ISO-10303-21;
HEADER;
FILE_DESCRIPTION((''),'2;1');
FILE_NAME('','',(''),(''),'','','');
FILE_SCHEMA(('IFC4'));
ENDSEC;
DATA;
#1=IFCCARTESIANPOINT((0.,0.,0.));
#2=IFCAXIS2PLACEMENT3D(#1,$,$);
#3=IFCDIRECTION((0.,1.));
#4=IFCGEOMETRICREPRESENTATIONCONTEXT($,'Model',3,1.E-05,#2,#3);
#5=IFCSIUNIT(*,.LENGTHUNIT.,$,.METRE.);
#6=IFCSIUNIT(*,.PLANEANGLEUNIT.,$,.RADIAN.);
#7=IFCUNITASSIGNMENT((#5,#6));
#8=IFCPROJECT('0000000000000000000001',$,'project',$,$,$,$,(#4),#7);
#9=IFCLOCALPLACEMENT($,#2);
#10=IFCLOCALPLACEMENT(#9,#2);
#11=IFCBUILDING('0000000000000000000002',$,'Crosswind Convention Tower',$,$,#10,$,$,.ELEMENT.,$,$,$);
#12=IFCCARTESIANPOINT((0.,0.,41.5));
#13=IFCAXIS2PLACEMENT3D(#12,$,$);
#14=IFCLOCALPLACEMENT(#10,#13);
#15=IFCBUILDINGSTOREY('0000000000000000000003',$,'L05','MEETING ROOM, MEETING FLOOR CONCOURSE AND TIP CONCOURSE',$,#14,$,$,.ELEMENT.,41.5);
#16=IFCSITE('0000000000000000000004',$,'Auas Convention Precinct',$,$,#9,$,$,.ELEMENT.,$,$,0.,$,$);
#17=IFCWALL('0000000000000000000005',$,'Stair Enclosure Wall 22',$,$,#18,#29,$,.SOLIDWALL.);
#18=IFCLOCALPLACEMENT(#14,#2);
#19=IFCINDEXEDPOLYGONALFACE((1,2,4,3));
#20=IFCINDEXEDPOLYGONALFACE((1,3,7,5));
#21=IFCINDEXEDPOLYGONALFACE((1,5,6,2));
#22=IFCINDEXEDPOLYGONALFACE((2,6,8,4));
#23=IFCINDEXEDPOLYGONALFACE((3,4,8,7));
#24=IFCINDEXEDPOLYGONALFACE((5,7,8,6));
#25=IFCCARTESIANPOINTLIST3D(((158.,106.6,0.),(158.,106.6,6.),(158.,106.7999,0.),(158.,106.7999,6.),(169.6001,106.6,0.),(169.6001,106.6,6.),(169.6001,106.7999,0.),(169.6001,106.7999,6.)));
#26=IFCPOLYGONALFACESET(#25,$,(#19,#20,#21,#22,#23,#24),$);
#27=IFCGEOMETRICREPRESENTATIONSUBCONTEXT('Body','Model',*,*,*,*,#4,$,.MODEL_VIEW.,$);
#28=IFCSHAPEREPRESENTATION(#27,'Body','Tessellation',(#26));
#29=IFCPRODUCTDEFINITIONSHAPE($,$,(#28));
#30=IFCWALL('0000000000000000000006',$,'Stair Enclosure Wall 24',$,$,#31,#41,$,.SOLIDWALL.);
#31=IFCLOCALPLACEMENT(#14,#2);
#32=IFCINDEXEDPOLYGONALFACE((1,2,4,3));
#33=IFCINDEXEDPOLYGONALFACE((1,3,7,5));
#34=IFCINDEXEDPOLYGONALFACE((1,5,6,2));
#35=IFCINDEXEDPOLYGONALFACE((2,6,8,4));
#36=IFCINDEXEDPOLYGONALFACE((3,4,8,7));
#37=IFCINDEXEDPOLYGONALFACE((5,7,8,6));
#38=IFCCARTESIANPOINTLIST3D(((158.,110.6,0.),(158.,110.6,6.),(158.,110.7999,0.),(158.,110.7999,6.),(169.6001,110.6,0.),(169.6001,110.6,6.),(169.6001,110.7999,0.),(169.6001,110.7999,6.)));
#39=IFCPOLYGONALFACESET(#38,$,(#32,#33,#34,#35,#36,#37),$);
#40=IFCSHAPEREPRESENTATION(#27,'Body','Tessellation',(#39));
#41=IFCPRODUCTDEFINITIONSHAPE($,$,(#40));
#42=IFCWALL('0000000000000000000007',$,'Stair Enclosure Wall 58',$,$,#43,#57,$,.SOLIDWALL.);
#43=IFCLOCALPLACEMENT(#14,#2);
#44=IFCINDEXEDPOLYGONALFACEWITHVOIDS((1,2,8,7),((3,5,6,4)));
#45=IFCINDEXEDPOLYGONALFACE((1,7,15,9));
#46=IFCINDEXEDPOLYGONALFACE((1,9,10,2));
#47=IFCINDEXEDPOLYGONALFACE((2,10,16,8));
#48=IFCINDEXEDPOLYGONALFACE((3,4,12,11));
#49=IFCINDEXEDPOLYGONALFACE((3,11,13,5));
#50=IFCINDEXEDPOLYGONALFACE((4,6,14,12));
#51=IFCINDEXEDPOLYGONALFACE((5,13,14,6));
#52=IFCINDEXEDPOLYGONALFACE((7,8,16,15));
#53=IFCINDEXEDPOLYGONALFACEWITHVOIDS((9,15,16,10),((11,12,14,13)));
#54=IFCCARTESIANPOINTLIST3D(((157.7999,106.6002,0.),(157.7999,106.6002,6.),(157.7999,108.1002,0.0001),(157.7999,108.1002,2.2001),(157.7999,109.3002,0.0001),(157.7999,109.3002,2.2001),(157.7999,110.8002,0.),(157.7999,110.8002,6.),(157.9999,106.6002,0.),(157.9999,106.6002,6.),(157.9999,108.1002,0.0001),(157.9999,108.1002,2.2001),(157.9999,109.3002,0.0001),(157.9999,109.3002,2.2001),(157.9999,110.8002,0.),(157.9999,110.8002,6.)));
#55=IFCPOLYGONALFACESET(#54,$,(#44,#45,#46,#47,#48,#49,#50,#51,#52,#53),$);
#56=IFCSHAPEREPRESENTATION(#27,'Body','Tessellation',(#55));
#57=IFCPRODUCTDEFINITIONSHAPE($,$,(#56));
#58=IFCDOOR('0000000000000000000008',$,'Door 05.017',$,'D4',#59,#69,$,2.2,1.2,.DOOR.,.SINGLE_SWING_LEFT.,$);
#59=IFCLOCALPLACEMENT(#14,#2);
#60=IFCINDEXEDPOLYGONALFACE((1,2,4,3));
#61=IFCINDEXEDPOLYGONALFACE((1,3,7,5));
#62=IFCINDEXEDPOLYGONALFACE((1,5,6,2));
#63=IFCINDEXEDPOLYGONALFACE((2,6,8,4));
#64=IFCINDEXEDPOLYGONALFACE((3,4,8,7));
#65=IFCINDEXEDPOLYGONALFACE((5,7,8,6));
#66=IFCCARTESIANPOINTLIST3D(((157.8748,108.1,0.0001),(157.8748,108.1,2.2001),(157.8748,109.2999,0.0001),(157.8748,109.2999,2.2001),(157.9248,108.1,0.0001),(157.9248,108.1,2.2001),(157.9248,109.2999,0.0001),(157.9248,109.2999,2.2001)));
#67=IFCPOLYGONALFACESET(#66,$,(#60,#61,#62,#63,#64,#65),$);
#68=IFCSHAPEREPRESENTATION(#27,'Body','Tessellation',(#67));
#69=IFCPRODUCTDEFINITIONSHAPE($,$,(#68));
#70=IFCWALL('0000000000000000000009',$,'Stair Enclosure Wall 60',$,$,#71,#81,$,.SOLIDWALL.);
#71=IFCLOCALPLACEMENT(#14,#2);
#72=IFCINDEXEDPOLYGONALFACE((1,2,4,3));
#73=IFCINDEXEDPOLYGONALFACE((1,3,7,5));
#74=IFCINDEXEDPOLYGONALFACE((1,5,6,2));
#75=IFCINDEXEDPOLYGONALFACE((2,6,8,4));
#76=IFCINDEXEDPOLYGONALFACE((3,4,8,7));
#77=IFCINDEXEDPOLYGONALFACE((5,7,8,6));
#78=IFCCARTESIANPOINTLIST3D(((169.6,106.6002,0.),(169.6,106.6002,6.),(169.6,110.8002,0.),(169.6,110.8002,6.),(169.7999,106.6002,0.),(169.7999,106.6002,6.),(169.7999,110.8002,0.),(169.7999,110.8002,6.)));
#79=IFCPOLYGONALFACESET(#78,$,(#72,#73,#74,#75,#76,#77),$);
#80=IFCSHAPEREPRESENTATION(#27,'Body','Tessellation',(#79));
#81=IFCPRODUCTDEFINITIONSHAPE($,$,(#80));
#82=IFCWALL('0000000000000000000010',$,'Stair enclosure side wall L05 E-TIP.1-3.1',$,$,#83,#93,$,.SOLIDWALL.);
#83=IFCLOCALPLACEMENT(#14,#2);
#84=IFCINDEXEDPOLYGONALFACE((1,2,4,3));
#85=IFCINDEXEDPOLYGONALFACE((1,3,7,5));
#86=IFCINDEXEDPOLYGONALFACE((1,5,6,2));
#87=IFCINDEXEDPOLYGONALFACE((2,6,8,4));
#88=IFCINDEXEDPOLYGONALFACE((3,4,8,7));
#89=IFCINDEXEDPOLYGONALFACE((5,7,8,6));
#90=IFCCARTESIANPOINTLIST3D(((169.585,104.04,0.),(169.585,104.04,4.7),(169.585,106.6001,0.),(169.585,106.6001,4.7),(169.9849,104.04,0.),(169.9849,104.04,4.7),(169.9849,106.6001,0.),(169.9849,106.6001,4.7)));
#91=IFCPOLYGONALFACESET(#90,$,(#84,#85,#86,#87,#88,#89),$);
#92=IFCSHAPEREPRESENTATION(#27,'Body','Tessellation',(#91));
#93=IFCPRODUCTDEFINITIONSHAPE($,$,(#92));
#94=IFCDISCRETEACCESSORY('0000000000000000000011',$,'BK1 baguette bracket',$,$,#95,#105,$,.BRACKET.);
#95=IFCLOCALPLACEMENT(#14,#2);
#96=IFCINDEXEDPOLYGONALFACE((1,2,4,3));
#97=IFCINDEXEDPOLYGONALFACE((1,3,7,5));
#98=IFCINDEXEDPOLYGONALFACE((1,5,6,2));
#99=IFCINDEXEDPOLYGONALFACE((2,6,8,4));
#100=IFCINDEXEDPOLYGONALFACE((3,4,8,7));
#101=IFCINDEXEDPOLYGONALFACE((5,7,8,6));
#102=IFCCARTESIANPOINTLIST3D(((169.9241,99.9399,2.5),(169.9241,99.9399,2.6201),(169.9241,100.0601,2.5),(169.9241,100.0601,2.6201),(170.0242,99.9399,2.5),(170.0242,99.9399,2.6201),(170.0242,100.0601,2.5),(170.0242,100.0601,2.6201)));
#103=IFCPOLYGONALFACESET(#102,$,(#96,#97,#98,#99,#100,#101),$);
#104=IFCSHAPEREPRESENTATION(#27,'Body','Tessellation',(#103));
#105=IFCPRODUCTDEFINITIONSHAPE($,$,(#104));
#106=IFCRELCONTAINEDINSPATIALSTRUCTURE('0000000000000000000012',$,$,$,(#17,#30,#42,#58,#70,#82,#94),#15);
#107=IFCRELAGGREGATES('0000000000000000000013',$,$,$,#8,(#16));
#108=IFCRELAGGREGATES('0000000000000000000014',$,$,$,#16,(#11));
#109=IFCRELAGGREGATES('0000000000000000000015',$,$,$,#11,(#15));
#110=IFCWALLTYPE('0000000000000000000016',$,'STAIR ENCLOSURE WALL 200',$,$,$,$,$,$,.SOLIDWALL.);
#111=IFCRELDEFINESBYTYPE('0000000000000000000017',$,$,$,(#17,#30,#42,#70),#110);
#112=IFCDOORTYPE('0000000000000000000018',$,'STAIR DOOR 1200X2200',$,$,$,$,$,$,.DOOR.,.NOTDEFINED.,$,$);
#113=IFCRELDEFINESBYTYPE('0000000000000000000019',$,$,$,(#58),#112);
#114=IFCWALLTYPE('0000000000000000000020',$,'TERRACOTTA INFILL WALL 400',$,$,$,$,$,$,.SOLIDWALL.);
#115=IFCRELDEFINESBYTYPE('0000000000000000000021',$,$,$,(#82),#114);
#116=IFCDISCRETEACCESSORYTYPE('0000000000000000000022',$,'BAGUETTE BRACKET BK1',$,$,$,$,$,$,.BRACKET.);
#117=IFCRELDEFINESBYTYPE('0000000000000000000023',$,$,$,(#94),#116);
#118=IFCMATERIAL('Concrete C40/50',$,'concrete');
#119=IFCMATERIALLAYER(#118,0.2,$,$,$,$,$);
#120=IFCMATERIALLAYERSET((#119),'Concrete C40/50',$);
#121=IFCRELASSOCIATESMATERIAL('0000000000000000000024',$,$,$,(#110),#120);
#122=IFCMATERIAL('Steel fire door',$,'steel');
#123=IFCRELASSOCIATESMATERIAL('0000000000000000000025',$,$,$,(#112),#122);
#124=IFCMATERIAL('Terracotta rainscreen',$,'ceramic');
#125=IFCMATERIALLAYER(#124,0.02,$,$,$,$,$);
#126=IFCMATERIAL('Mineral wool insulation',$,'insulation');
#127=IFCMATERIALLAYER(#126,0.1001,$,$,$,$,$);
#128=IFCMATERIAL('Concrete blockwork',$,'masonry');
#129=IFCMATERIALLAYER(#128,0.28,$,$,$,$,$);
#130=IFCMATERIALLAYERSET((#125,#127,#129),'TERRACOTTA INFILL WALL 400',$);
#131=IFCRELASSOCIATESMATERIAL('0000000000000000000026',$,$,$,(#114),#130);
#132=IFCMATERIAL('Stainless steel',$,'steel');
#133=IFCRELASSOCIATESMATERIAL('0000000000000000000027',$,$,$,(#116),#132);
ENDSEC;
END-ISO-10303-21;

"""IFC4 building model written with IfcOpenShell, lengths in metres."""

from ifc_helpers import new_model, si_unit, direction, frame, frame_2d, origin, origin_2d, place, context, subcontext, project, spatial, rectangle, extrude, material, layer, layer_set, type_object, element, fill, save


model = new_model("IFC4")

# Units and contexts
model_context = context("Model", 3, precision=1e-05, world=origin(), true_north=direction((0.0, 1.0)))
body_context = subcontext(model_context, "Body", "Model", "MODEL_VIEW")
ifc_project = project(units=[si_unit("LENGTHUNIT", "METRE"), si_unit("PLANEANGLEUNIT", "RADIAN")], contexts=[model_context])

# Site, building, storey
site_placement = place(None, origin())
site = spatial("IfcSite", under=ifc_project, at=site_placement, Name="Auas Convention Precinct", CompositionType="ELEMENT", RefElevation=0.0)
building_placement = place(site_placement, origin())
building = spatial("IfcBuilding", under=site, at=building_placement, Name="Crosswind Convention Tower", CompositionType="ELEMENT")
storey_placement = place(building_placement, frame((0.0, 0.0, 41.5)))
storey = spatial("IfcBuildingStorey", under=building, at=storey_placement, Name="L05", Description="MEETING ROOM, MEETING FLOOR CONCOURSE AND TIP CONCOURSE", CompositionType="ELEMENT", Elevation=41.5)

# Walls
ifc_material_1 = material(Name="Concrete C40/50", Category="concrete")
ifc_layer_1 = layer(ifc_material_1, 0.2)
ifc_layer_set_1 = layer_set([ifc_layer_1], Name="Concrete C40/50")
wall_type_1 = type_object("IfcWallType", Name="STAIR ENCLOSURE WALL 200", PredefinedType="SOLIDWALL", material=ifc_layer_set_1)
for number, where, z_axis, x_axis, name in (
    (1, (158.0, 106.7, 0.0), (0.0, 0.0, 1.0), (1.0, 0.0, 0.0), "Stair Enclosure Wall 22"),
    (2, (158.0, 110.7, 0.0), (0.0, 0.0, 1.0), (1.0, 0.0, 0.0), "Stair Enclosure Wall 24"),
):
    element("IfcWall", number, at=place(storey_placement, frame(where, z_axis=z_axis, x_axis=x_axis)), inside=storey, type_object=wall_type_1, Name=name, PredefinedType="SOLIDWALL", context=body_context, shape_type="SweptSolid", body=[
        extrude(rectangle(XDim=11.6001, YDim=0.2, at=frame_2d((5.8, 0.0))), origin(), (0.0, 0.0, 1.0), 6.0),
    ])

# Wall, opening, door
wall_1_placement = place(storey_placement, frame((157.8999, 106.6001, 0.0), z_axis=(0.0, 0.0, 1.0), x_axis=(0.0, 1.0, 0.0)))
wall_1 = element("IfcWall", 3, at=wall_1_placement, inside=storey, type_object=wall_type_1, Name="Stair Enclosure Wall 58", PredefinedType="SOLIDWALL", context=body_context, shape_type="SweptSolid", body=[
    extrude(rectangle(XDim=4.2, YDim=0.2, at=frame_2d((2.1001, 0.0))), origin(), (0.0, 0.0, 1.0), 6.0),
])
opening_placement = place(wall_1_placement, frame((1.5, 0.0, 0.0)))
opening = element("IfcOpeningElement", 4, at=opening_placement, cuts=wall_1, PredefinedType="OPENING", context=body_context, shape_type="SweptSolid", body=[
    extrude(rectangle(XDim=1.2, YDim=2.2, at=frame_2d((0.6001, 1.1001))), frame((0.0, 0.1099, 0.0), z_axis=(0.0, -1.0, 0.0), x_axis=(1.0, 0.0, 0.0)), (0.0, 0.0, 1.0), 0.22),
])
ifc_material_2 = material(Name="Steel fire door", Category="steel")
door_type = type_object("IfcDoorType", Name="STAIR DOOR 1200X2200", OperationType="NOTDEFINED", PredefinedType="DOOR", material=ifc_material_2)
door_placement = place(opening_placement, frame((1.2, 0.0, 0.0), z_axis=(0.0, 0.0, 1.0), x_axis=(-1.0, 0.0, 0.0)))
door = element("IfcDoor", 5, at=door_placement, inside=storey, type_object=door_type, Name="Door 05.017", ObjectType="D4", OperationType="SINGLE_SWING_LEFT", OverallHeight=2.2, OverallWidth=1.2, PredefinedType="DOOR", context=body_context, shape_type="SweptSolid", body=[
    extrude(rectangle(XDim=1.2, YDim=2.2, at=frame_2d((0.6001, 1.1001))), frame((0.0, 0.0249, 0.0), z_axis=(0.0, -1.0, 0.0), x_axis=(1.0, 0.0, 0.0)), (0.0, 0.0, 1.0), 0.05),
])
fill(opening, door)

# Walls
wall_2_placement = place(storey_placement, frame((169.7, 106.6001, 0.0), z_axis=(0.0, 0.0, 1.0), x_axis=(0.0, 1.0, 0.0)))
element("IfcWall", 6, at=wall_2_placement, inside=storey, type_object=wall_type_1, Name="Stair Enclosure Wall 60", PredefinedType="SOLIDWALL", context=body_context, shape_type="SweptSolid", body=[
    extrude(rectangle(XDim=4.2, YDim=0.2, at=frame_2d((2.1001, 0.0))), origin(), (0.0, 0.0, 1.0), 6.0),
])
ifc_material_3 = material(Name="Terracotta rainscreen", Category="ceramic")
ifc_layer_2 = layer(ifc_material_3, 0.02)
ifc_material_4 = material(Name="Mineral wool insulation", Category="insulation")
ifc_layer_3 = layer(ifc_material_4, 0.1001)
ifc_material_5 = material(Name="Concrete blockwork", Category="masonry")
ifc_layer_4 = layer(ifc_material_5, 0.28)
ifc_layer_set_2 = layer_set([ifc_layer_2, ifc_layer_3, ifc_layer_4], Name="TERRACOTTA INFILL WALL 400")
wall_type_2 = type_object("IfcWallType", Name="TERRACOTTA INFILL WALL 400", PredefinedType="SOLIDWALL", material=ifc_layer_set_2)
wall_3_placement = place(storey_placement, frame((169.7849, 104.04, 0.0), z_axis=(0.0, 0.0, 1.0), x_axis=(0.0, 1.0, 0.0)))
element("IfcWall", 7, at=wall_3_placement, inside=storey, type_object=wall_type_2, Name="Stair enclosure side wall L05 E-TIP.1-3.1", PredefinedType="SOLIDWALL", context=body_context, shape_type="SweptSolid", body=[
    extrude(rectangle(XDim=2.5601, YDim=0.3999, at=frame_2d((1.28, 0.0))), origin(), (0.0, 0.0, 1.0), 4.7),
])

# Discrete accessory
ifc_material_6 = material(Name="Stainless steel", Category="steel")
discrete_accessory_type = type_object("IfcDiscreteAccessoryType", Name="BAGUETTE BRACKET BK1", PredefinedType="BRACKET", material=ifc_material_6)
discrete_accessory_placement = place(storey_placement, frame((169.9741, 100.0, 2.5), z_axis=(0.0, 0.0, 1.0), x_axis=(0.0, 1.0, 0.0)))
element("IfcDiscreteAccessory", 8, at=discrete_accessory_placement, inside=storey, type_object=discrete_accessory_type, Name="BK1 baguette bracket", PredefinedType="BRACKET", context=body_context, shape_type="SweptSolid", body=[
    extrude(rectangle(XDim=0.1201, YDim=0.1001, at=origin_2d()), origin(), (0.0, 0.0, 1.0), 0.1201),
])

save(model, "model.ifc")
